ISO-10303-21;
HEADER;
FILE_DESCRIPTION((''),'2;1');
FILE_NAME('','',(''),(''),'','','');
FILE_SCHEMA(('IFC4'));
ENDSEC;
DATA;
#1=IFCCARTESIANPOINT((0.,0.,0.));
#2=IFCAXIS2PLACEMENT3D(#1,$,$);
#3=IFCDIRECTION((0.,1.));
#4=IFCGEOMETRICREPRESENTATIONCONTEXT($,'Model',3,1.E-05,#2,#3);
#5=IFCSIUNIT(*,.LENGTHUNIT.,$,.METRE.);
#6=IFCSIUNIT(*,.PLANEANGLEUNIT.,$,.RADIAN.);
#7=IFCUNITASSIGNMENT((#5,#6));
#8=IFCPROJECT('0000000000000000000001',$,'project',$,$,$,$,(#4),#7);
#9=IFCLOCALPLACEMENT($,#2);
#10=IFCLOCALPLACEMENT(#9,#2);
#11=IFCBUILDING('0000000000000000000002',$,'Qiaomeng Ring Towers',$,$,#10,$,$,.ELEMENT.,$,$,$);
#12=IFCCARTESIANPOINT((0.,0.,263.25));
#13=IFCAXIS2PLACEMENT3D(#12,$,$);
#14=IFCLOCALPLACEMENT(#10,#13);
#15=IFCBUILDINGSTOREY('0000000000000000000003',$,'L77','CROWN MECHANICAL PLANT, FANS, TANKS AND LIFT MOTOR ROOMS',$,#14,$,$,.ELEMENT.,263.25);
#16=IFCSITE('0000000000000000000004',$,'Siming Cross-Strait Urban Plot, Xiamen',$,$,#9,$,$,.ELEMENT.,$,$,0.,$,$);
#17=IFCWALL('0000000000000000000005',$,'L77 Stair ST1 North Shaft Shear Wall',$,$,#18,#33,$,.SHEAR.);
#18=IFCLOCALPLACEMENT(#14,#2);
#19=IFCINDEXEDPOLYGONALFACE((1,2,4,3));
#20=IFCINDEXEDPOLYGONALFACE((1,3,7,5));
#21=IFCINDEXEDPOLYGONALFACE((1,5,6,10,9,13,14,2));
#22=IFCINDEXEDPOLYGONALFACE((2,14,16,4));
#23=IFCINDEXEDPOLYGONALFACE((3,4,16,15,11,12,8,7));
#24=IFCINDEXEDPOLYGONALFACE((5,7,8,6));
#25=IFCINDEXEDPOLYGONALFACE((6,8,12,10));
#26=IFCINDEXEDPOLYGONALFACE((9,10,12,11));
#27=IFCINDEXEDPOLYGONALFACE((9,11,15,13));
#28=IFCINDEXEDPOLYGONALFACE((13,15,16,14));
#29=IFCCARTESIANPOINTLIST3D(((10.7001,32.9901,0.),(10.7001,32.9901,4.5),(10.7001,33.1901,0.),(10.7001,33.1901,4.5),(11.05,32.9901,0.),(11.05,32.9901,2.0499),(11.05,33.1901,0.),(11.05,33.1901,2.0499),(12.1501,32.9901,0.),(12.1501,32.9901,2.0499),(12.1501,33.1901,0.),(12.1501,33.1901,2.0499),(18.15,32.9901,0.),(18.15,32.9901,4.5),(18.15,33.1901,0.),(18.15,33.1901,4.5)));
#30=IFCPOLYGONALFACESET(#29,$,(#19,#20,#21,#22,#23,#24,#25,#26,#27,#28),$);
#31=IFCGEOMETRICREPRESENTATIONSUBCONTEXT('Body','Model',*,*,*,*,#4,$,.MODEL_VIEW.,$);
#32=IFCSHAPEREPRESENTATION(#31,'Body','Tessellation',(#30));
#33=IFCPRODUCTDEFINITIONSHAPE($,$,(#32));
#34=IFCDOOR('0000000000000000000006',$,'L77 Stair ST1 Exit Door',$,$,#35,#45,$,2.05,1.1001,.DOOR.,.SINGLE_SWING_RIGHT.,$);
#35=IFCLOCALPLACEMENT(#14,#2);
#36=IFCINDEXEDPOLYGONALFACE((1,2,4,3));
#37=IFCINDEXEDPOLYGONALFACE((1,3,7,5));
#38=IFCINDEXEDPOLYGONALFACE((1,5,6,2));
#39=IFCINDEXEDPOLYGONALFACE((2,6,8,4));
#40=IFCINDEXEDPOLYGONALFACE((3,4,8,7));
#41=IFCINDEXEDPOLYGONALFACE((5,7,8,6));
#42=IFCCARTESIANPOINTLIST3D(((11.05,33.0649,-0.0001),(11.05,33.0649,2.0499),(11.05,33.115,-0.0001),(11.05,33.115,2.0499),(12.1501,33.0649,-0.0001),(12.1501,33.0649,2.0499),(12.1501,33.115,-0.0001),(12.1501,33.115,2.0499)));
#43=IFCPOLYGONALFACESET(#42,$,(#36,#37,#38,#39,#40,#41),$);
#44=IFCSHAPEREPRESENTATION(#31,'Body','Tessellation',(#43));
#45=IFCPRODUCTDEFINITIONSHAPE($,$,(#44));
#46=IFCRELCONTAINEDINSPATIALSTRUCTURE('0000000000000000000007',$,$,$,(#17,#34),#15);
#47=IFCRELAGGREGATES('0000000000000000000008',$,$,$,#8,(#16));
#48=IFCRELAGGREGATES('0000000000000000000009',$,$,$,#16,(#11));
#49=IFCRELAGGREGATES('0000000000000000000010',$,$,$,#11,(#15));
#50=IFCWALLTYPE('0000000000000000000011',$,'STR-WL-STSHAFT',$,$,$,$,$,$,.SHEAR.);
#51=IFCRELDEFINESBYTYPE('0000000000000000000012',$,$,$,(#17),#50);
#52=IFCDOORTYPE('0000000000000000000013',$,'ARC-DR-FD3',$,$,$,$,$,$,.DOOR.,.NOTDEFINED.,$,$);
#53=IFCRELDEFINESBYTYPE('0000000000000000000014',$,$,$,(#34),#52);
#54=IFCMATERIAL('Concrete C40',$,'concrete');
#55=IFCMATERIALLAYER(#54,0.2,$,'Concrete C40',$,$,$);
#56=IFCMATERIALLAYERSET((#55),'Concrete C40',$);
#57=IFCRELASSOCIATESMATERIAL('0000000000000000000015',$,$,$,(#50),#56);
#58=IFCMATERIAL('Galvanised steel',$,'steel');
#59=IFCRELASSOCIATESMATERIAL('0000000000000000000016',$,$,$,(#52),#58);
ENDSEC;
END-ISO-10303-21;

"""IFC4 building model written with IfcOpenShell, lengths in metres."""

from ifc_helpers import new_model, si_unit, direction, frame, frame_2d, origin, place, context, subcontext, project, spatial, rectangle, extrude, source, transform, mapped, material, layer, layer_set, type_object, element, fill, save


model = new_model("IFC4")

# Units and contexts
model_context = context("Model", 3, precision=1e-05, world=origin(), true_north=direction((0.0, 1.0)))
body_context = subcontext(model_context, "Body", "Model", "MODEL_VIEW")
ifc_project = project(units=[si_unit("LENGTHUNIT", "METRE"), si_unit("PLANEANGLEUNIT", "RADIAN")], contexts=[model_context])

# Site, building, storey
site_placement = place(None, origin())
site = spatial("IfcSite", under=ifc_project, at=site_placement, Name="Siming Cross-Strait Urban Plot, Xiamen", CompositionType="ELEMENT", RefElevation=0.0)
building_placement = place(site_placement, origin())
building = spatial("IfcBuilding", under=site, at=building_placement, Name="Qiaomeng Ring Towers", CompositionType="ELEMENT")
storey_placement = place(building_placement, frame((0.0, 0.0, 263.25)))
storey = spatial("IfcBuildingStorey", under=building, at=storey_placement, Name="L77", Description="CROWN MECHANICAL PLANT, FANS, TANKS AND LIFT MOTOR ROOMS", CompositionType="ELEMENT", Elevation=263.25)

# Shared definitions
ifc_material_1 = material(Name="Concrete C40", Category="concrete")

# Wall, opening, door
ifc_layer_1 = layer(ifc_material_1, 0.2, Name="Concrete C40")
ifc_layer_set_1 = layer_set([ifc_layer_1], Name="Concrete C40")
wall_type_1 = type_object("IfcWallType", Name="STR-WL-STSHAFT", PredefinedType="SHEAR", material=ifc_layer_set_1)
wall_1_placement = place(storey_placement, frame((10.7, 33.0901, 0.0), z_axis=(0.0, 0.0, 1.0), x_axis=(1.0, 0.0, 0.0)))
wall_1 = element("IfcWall", 1, at=wall_1_placement, inside=storey, type_object=wall_type_1, Name="L77 Stair ST1 North Shaft Shear Wall", PredefinedType="SHEAR", context=body_context, shape_type="SweptSolid", body=[
    extrude(rectangle(XDim=7.45, YDim=0.2, at=frame_2d((3.7251, 0.0))), origin(), (0.0, 0.0, 1.0), 4.5),
])
opening_1_placement = place(wall_1_placement, frame((0.3501, 0.0, 0.0)))
opening_1 = element("IfcOpeningElement", 2, at=opening_1_placement, cuts=wall_1, PredefinedType="OPENING", context=body_context, shape_type="SweptSolid", body=[
    extrude(rectangle(XDim=1.1001, YDim=2.05, at=frame_2d((0.55, 1.0249))), frame((0.0, 0.1099, 0.0), z_axis=(0.0, -1.0, 0.0), x_axis=(1.0, 0.0, 0.0)), (0.0, 0.0, 1.0), 0.22),
])
ifc_material_2 = material(Name="Galvanised steel", Category="steel")
door_type_1 = type_object("IfcDoorType", Name="ARC-DR-FD3", OperationType="NOTDEFINED", PredefinedType="DOOR", material=ifc_material_2)
shared_shape_1 = source(origin(), body_context, "Body", "SweptSolid", [
    extrude(rectangle(XDim=1.1001, YDim=2.05, at=frame_2d((0.55, 1.0249))), frame((0.0, 0.0249, 0.0), z_axis=(0.0, -1.0, 0.0), x_axis=(1.0, 0.0, 0.0)), (0.0, 0.0, 1.0), 0.05),
])
door_1_placement = place(opening_1_placement, origin())
door_1 = element("IfcDoor", 3, at=door_1_placement, inside=storey, type_object=door_type_1, Name="L77 Stair ST1 Exit Door", OperationType="SINGLE_SWING_RIGHT", OverallHeight=2.05, OverallWidth=1.1001, PredefinedType="DOOR", context=body_context, shape_type="MappedRepresentation", body=[
    mapped(shared_shape_1, transform((0.0, 0.0, 0.0), x_axis=(1.0, 0.0, 0.0), y_axis=(0.0, 1.0, 0.0), z_axis=(0.0, 0.0, 1.0), scale=1.0)),
])
fill(opening_1, door_1)

save(model, "model.ifc")
